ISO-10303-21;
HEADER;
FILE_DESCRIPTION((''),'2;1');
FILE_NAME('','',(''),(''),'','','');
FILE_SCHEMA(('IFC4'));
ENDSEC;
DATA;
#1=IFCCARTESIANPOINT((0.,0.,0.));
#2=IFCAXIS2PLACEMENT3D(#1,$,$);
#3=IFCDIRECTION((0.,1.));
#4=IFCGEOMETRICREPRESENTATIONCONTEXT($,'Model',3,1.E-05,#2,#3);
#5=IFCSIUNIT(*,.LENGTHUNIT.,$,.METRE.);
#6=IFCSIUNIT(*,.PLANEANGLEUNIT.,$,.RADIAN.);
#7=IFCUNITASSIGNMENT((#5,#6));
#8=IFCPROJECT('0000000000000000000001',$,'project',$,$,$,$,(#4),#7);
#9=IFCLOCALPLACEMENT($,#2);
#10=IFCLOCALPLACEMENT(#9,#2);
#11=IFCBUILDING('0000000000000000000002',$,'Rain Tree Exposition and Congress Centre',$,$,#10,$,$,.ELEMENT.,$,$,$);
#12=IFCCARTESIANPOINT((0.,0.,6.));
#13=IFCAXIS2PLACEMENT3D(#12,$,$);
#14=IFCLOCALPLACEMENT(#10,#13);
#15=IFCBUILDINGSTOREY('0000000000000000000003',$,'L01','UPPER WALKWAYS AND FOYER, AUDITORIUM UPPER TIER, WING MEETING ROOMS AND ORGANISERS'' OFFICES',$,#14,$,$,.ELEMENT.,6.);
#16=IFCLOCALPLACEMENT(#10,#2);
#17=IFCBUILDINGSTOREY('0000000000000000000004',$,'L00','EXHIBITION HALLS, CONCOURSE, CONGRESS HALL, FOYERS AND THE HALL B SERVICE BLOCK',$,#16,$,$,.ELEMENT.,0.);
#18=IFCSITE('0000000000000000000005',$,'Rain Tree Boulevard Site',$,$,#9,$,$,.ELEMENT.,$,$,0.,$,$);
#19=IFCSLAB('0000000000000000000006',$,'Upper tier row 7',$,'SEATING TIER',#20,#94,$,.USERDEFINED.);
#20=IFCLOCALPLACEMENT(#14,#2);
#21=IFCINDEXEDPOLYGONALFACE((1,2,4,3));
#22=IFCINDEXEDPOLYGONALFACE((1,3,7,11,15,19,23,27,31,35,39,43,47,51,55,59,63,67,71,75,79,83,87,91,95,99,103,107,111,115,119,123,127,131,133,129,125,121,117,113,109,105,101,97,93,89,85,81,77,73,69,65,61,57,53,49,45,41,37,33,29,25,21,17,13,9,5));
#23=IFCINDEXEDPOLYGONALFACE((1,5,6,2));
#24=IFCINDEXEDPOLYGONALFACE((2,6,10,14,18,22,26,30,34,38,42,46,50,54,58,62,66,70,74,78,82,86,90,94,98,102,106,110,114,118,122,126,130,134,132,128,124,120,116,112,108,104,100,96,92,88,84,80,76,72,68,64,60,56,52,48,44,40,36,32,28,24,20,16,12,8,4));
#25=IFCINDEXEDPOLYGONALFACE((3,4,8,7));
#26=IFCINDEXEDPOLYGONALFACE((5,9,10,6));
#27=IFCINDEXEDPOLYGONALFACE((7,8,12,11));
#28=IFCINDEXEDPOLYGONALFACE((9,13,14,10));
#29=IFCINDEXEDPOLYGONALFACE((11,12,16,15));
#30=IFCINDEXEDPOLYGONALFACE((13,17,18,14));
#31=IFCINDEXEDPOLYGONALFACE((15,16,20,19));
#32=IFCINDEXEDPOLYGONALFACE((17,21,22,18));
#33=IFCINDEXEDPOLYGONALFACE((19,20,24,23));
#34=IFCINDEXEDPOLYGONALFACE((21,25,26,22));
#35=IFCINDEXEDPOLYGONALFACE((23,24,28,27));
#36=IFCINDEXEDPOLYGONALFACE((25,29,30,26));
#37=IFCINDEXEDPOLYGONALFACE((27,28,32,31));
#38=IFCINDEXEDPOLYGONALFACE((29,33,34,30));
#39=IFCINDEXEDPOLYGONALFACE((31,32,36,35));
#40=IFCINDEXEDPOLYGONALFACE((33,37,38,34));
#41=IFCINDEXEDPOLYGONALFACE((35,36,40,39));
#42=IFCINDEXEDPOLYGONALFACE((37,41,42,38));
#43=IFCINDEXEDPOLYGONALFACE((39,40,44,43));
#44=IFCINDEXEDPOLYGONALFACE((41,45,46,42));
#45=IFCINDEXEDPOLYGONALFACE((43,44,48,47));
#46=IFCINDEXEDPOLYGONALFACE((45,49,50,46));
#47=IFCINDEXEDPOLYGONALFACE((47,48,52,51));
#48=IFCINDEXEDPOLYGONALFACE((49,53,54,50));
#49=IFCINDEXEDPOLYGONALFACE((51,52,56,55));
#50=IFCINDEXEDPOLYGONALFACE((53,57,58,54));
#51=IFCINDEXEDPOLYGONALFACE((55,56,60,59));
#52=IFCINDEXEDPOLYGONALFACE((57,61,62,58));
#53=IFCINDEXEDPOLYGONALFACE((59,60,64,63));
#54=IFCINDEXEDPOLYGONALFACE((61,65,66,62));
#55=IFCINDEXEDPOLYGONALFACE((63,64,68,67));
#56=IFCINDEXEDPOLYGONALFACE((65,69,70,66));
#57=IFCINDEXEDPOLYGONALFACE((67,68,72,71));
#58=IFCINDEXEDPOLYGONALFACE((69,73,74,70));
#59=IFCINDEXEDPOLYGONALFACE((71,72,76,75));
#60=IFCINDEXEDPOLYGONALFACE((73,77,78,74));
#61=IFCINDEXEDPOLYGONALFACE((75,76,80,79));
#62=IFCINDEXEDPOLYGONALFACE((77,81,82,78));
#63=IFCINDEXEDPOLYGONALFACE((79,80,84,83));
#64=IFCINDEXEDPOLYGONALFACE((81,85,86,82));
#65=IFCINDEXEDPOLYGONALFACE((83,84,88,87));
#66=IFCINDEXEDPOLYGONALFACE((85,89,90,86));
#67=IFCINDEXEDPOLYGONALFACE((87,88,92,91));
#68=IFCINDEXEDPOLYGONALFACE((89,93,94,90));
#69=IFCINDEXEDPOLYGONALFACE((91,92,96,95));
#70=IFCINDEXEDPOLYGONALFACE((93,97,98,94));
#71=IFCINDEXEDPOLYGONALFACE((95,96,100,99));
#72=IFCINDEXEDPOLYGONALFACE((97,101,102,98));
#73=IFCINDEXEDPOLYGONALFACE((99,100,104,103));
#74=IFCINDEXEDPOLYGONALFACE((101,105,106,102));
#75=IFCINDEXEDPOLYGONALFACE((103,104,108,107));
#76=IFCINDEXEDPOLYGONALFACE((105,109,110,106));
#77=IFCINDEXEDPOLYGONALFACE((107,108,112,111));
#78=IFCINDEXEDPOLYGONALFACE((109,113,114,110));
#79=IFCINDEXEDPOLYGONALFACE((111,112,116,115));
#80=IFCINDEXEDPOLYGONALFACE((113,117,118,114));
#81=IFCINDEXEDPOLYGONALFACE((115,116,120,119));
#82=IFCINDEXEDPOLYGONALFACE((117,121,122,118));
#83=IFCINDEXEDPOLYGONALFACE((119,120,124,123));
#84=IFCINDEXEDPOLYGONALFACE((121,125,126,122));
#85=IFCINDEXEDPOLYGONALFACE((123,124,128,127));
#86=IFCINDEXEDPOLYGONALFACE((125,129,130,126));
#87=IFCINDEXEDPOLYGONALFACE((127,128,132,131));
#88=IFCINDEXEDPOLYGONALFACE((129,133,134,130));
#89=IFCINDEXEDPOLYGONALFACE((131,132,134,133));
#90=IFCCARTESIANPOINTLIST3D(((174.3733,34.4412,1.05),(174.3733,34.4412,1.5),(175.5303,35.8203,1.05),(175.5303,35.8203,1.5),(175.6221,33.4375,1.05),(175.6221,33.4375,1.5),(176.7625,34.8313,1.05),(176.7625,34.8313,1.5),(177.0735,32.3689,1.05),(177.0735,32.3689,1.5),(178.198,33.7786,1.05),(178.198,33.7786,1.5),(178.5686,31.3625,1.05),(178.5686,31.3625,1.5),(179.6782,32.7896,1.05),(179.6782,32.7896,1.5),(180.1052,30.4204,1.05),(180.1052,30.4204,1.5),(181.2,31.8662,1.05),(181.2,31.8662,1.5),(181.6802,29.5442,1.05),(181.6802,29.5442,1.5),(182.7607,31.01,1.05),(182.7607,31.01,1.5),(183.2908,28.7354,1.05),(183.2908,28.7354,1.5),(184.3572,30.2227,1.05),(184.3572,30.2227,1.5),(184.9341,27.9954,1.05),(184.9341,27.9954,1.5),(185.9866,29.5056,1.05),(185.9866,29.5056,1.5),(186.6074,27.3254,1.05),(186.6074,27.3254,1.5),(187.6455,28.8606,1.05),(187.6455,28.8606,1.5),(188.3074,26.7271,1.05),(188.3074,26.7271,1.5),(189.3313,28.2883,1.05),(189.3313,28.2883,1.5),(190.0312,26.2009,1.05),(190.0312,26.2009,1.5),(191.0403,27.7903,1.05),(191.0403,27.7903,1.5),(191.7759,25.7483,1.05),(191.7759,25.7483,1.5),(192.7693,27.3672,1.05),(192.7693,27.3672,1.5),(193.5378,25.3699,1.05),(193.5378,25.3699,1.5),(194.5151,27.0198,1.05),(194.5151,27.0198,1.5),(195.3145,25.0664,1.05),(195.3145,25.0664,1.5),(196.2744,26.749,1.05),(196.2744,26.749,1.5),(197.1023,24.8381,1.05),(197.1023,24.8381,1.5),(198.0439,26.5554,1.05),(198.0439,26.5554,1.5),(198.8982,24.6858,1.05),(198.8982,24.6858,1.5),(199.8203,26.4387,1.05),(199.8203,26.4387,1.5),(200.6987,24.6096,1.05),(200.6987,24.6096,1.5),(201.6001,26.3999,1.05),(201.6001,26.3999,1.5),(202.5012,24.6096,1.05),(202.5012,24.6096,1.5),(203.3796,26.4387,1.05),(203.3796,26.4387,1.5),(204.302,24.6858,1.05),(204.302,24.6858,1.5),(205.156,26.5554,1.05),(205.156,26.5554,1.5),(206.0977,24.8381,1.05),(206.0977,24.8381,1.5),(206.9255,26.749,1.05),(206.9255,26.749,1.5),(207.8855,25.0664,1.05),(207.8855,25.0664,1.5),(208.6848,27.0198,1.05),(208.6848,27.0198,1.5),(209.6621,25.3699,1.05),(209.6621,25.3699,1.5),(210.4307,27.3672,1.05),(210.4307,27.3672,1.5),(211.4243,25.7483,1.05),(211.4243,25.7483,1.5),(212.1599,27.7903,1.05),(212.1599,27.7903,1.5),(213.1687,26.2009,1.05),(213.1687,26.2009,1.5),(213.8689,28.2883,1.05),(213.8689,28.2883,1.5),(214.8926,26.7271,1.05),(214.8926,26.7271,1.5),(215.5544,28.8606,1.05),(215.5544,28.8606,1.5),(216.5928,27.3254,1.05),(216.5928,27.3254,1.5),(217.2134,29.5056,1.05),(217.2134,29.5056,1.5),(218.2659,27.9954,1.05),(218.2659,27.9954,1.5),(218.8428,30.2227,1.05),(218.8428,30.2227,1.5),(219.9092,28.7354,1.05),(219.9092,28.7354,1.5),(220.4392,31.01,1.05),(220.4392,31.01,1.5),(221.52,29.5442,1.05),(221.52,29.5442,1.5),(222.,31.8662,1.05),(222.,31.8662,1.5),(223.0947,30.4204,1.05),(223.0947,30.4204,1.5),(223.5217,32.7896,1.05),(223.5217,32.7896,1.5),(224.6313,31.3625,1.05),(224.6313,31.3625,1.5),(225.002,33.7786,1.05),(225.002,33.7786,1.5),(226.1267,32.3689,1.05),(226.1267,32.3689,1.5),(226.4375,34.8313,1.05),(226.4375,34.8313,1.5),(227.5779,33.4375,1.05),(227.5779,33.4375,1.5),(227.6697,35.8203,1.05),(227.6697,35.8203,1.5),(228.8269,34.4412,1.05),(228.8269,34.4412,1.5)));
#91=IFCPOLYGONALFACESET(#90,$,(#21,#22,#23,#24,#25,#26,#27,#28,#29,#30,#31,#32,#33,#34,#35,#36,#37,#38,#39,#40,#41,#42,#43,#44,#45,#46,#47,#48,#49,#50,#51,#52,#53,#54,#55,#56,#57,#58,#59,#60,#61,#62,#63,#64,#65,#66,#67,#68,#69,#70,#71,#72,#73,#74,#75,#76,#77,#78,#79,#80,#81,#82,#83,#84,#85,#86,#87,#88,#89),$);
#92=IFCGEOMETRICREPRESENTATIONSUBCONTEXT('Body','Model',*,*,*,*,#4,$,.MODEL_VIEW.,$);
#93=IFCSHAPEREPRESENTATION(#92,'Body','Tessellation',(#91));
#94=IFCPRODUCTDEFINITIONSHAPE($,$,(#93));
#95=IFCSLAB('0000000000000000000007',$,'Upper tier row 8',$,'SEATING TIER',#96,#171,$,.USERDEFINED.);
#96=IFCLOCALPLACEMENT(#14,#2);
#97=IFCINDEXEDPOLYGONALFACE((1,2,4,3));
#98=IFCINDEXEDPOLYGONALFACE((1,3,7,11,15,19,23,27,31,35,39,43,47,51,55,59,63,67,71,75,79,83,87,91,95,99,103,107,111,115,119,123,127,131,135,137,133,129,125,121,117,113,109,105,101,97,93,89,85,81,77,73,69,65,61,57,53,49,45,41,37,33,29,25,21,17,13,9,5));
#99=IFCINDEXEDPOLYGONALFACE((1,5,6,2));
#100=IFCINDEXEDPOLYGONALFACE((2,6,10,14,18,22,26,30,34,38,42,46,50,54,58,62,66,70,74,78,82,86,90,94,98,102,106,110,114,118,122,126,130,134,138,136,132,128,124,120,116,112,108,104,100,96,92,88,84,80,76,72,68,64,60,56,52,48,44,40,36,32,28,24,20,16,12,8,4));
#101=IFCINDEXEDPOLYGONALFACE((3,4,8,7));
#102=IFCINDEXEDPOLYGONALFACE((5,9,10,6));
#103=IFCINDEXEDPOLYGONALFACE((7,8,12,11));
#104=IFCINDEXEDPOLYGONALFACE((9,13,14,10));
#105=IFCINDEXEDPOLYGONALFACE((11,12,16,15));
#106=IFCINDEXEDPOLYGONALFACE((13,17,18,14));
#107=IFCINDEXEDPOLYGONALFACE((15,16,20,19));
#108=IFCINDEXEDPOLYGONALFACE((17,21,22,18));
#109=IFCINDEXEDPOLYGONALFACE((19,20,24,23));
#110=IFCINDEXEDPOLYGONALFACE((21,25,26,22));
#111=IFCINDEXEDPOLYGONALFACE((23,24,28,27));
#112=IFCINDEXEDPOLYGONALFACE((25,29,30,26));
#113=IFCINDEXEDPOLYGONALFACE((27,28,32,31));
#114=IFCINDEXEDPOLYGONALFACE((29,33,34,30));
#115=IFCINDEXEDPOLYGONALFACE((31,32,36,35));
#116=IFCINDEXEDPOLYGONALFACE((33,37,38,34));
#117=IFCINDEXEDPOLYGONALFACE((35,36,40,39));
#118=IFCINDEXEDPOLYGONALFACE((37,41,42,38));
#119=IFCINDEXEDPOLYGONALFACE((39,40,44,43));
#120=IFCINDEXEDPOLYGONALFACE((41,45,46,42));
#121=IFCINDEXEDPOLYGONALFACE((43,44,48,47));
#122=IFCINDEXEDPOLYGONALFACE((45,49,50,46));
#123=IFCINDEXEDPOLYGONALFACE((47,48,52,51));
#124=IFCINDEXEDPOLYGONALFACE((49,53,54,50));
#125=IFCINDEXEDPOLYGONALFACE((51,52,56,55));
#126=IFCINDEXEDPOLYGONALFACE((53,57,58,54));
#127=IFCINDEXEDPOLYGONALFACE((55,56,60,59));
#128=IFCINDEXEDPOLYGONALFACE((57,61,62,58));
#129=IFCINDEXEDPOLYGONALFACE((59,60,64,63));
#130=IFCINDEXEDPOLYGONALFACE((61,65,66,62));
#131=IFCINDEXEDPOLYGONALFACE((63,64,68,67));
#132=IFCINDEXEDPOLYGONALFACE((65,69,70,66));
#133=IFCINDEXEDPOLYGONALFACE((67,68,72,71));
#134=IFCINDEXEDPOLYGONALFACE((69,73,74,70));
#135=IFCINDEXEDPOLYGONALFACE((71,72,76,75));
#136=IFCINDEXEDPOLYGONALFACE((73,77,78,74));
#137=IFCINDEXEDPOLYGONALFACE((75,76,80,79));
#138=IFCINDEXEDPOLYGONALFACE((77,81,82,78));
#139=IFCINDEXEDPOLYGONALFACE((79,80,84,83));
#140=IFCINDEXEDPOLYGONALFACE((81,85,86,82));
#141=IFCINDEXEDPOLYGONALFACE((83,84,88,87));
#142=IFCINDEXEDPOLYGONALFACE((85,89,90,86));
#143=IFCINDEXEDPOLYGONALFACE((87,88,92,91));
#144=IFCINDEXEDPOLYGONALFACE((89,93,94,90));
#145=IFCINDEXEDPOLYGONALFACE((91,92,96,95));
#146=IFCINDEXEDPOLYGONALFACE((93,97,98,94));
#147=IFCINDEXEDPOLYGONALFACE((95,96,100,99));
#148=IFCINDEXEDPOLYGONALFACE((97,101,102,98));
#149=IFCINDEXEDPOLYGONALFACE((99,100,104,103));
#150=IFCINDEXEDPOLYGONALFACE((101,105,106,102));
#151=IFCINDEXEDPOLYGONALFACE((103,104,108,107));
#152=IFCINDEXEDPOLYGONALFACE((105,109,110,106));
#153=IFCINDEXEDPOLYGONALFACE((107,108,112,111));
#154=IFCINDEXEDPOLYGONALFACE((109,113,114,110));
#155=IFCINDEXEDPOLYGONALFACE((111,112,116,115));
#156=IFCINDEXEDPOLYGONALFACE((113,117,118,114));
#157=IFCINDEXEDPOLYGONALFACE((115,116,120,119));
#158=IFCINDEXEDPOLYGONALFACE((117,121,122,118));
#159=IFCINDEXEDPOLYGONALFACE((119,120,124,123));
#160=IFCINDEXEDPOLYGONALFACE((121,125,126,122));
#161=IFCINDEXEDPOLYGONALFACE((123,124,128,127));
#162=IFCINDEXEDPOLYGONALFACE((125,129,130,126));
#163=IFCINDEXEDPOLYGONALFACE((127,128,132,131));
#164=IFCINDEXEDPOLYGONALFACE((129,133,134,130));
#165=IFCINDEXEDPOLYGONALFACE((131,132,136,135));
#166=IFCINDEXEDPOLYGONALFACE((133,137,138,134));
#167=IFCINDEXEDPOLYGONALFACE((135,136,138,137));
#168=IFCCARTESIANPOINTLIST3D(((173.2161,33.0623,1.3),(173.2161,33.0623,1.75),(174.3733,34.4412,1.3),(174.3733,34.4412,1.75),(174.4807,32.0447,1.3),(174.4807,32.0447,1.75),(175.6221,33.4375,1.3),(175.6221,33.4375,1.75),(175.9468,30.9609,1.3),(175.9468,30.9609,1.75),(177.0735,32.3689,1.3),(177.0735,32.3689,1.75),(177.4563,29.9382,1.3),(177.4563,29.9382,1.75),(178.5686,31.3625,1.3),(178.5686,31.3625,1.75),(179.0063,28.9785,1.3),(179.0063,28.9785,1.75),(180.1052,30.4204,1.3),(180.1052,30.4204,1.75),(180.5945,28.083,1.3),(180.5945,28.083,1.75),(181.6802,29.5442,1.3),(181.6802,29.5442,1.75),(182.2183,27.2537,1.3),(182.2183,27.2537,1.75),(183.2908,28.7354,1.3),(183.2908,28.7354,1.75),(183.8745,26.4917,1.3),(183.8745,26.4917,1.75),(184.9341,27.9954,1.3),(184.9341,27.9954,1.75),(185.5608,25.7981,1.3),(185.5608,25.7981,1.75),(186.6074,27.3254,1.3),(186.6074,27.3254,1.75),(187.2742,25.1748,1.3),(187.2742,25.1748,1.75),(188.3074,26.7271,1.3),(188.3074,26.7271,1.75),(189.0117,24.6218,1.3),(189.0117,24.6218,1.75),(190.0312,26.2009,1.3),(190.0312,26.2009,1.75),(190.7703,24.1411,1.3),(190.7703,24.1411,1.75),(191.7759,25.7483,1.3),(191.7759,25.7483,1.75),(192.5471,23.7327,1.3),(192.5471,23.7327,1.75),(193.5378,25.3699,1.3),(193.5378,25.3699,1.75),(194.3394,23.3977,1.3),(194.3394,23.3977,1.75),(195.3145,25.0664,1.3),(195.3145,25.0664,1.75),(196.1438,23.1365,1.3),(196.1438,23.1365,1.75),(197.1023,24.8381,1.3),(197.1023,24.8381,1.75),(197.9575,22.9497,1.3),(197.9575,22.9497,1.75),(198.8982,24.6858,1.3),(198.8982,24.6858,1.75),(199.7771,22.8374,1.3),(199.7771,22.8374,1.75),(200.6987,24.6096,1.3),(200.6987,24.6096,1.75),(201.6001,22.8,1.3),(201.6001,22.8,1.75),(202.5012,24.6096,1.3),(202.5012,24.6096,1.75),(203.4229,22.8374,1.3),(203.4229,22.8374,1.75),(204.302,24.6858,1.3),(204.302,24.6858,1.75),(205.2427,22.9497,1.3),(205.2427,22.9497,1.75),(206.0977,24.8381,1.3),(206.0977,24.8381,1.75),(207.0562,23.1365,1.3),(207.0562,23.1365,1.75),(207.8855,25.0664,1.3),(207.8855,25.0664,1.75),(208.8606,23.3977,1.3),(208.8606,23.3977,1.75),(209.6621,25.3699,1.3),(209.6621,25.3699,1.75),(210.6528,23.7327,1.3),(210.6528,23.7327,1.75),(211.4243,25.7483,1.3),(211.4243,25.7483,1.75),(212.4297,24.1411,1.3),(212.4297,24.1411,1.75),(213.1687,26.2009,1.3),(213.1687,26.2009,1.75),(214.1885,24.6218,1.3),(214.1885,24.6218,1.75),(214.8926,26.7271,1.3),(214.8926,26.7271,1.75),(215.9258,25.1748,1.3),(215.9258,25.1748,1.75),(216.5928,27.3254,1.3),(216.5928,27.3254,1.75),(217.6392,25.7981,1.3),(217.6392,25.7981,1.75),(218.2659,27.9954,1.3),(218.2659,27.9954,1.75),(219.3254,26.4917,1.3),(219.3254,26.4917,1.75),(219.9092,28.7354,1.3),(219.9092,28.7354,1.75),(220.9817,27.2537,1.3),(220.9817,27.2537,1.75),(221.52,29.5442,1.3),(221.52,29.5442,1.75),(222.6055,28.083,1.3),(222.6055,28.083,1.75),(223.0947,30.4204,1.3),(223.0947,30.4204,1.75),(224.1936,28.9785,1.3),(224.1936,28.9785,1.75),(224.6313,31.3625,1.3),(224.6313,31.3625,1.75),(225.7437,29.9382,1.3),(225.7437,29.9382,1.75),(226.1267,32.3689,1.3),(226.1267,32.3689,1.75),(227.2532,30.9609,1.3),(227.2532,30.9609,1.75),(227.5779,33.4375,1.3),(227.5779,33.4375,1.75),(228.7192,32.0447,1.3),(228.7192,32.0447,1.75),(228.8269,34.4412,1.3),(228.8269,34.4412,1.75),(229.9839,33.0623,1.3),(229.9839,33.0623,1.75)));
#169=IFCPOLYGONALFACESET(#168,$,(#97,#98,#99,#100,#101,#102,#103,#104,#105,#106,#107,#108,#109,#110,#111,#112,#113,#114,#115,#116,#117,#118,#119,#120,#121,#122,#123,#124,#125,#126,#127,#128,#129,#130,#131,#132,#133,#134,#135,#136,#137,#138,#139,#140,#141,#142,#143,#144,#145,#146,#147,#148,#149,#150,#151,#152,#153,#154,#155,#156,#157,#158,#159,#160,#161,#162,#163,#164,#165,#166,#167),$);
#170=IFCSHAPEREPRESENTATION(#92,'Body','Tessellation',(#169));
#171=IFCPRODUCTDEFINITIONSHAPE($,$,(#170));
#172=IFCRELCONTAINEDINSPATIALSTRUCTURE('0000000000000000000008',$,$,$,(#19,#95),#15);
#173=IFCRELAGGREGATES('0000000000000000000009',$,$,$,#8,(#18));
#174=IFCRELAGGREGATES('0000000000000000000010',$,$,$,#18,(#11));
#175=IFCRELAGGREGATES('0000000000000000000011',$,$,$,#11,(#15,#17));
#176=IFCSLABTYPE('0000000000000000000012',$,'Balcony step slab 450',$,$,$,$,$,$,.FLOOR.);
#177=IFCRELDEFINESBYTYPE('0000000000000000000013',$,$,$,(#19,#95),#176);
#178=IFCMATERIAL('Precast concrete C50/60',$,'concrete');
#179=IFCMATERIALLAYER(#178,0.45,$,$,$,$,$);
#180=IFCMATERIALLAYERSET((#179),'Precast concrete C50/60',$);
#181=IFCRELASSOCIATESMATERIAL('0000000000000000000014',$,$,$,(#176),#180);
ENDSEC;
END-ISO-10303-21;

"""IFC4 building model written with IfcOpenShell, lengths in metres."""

from ifc_helpers import new_model, si_unit, direction, frame, origin, place, context, subcontext, project, spatial, polyline, outline, extrude, material, layer, layer_set, type_object, element, save


model = new_model("IFC4")

# Units and contexts
model_context = context("Model", 3, precision=1e-05, world=origin(), true_north=direction((0.0, 1.0)))
body_context = subcontext(model_context, "Body", "Model", "MODEL_VIEW")
ifc_project = project(units=[si_unit("LENGTHUNIT", "METRE"), si_unit("PLANEANGLEUNIT", "RADIAN")], contexts=[model_context])

# Site, building, storey
site_placement = place(None, origin())
site = spatial("IfcSite", under=ifc_project, at=site_placement, Name="Rain Tree Boulevard Site", CompositionType="ELEMENT", RefElevation=0.0)
building_placement = place(site_placement, origin())
building = spatial("IfcBuilding", under=site, at=building_placement, Name="Rain Tree Exposition and Congress Centre", CompositionType="ELEMENT")
storey_1_placement = place(building_placement, frame((0.0, 0.0, 6.0)))
storey_1 = spatial("IfcBuildingStorey", under=building, at=storey_1_placement, Name="L01", Description="UPPER WALKWAYS AND FOYER, AUDITORIUM UPPER TIER, WING MEETING ROOMS AND ORGANISERS' OFFICES", CompositionType="ELEMENT", Elevation=6.0)

# Slabs
ifc_material_1 = material(Name="Precast concrete C50/60", Category="concrete")
ifc_layer_1 = layer(ifc_material_1, 0.45)
ifc_layer_set_1 = layer_set([ifc_layer_1], Name="Precast concrete C50/60")
slab_type_1 = type_object("IfcSlabType", Name="Balcony step slab 450", PredefinedType="FLOOR", material=ifc_layer_set_1)
slab_1_placement = place(storey_1_placement, frame((0.0, 0.0, 1.05)))
element("IfcSlab", 1, at=slab_1_placement, inside=storey_1, type_object=slab_type_1, Name="Upper tier row 7", ObjectType="SEATING TIER", PredefinedType="USERDEFINED", context=body_context, shape_type="SweptSolid", body=[
    extrude(outline(polyline([(227.5779, 33.4375), (228.8269, 34.4412), (227.6697, 35.8203), (226.4375, 34.8313), (225.002, 33.7786), (223.5217, 32.7896), (222.0, 31.8662), (220.4392, 31.01), (218.8428, 30.2227), (217.2134, 29.5056), (215.5544, 28.8606), (213.8689, 28.2883), (212.1599, 27.7903), (210.4307, 27.3672), (208.6848, 27.0198), (206.9255, 26.749), (205.156, 26.5554), (203.3796, 26.4387), (201.6001, 26.3999), (199.8203, 26.4387), (198.0439, 26.5554), (196.2744, 26.749), (194.5151, 27.0198), (192.7693, 27.3672), (191.0403, 27.7903), (189.3313, 28.2883), (187.6455, 28.8606), (185.9866, 29.5056), (184.3572, 30.2227), (182.7607, 31.01), (181.2, 31.8662), (179.6782, 32.7896), (178.198, 33.7786), (176.7625, 34.8313), (175.5303, 35.8203), (174.3733, 34.4412), (175.6221, 33.4375), (177.0735, 32.3689), (178.5686, 31.3625), (180.1052, 30.4204), (181.6802, 29.5442), (183.2908, 28.7354), (184.9341, 27.9954), (186.6074, 27.3254), (188.3074, 26.7271), (190.0312, 26.2009), (191.7759, 25.7483), (193.5378, 25.3699), (195.3145, 25.0664), (197.1023, 24.8381), (198.8982, 24.6858), (200.6987, 24.6096), (202.5012, 24.6096), (204.302, 24.6858), (206.0977, 24.8381), (207.8855, 25.0664), (209.6621, 25.3699), (211.4243, 25.7483), (213.1687, 26.2009), (214.8926, 26.7271), (216.5928, 27.3254), (218.2659, 27.9954), (219.9092, 28.7354), (221.52, 29.5442), (223.0947, 30.4204), (224.6313, 31.3625), (226.1267, 32.3689), (227.5779, 33.4375)])), origin(), (0.0, 0.0, 1.0), 0.45),
])
slab_2_placement = place(storey_1_placement, frame((0.0, 0.0, 1.3)))
element("IfcSlab", 2, at=slab_2_placement, inside=storey_1, type_object=slab_type_1, Name="Upper tier row 8", ObjectType="SEATING TIER", PredefinedType="USERDEFINED", context=body_context, shape_type="SweptSolid", body=[
    extrude(outline(polyline([(228.7192, 32.0447), (229.9839, 33.0623), (228.8269, 34.4412), (227.5779, 33.4375), (226.1267, 32.3689), (224.6313, 31.3625), (223.0947, 30.4204), (221.52, 29.5442), (219.9092, 28.7354), (218.2659, 27.9954), (216.5928, 27.3254), (214.8926, 26.7271), (213.1687, 26.2009), (211.4243, 25.7483), (209.6621, 25.3699), (207.8855, 25.0664), (206.0977, 24.8381), (204.302, 24.6858), (202.5012, 24.6096), (200.6987, 24.6096), (198.8982, 24.6858), (197.1023, 24.8381), (195.3145, 25.0664), (193.5378, 25.3699), (191.7759, 25.7483), (190.0312, 26.2009), (188.3074, 26.7271), (186.6074, 27.3254), (184.9341, 27.9954), (183.2908, 28.7354), (181.6802, 29.5442), (180.1052, 30.4204), (178.5686, 31.3625), (177.0735, 32.3689), (175.6221, 33.4375), (174.3733, 34.4412), (173.2161, 33.0623), (174.4807, 32.0447), (175.9468, 30.9609), (177.4563, 29.9382), (179.0063, 28.9785), (180.5945, 28.083), (182.2183, 27.2537), (183.8745, 26.4917), (185.5608, 25.7981), (187.2742, 25.1748), (189.0117, 24.6218), (190.7703, 24.1411), (192.5471, 23.7327), (194.3394, 23.3977), (196.1438, 23.1365), (197.9575, 22.9497), (199.7771, 22.8374), (201.6001, 22.8), (203.4229, 22.8374), (205.2427, 22.9497), (207.0562, 23.1365), (208.8606, 23.3977), (210.6528, 23.7327), (212.4297, 24.1411), (214.1885, 24.6218), (215.9258, 25.1748), (217.6392, 25.7981), (219.3254, 26.4917), (220.9817, 27.2537), (222.6055, 28.083), (224.1936, 28.9785), (225.7437, 29.9382), (227.2532, 30.9609), (228.7192, 32.0447)])), origin(), (0.0, 0.0, 1.0), 0.45),
])

# Shared definitions
storey_2_placement = place(building_placement, origin())
storey_2 = spatial("IfcBuildingStorey", under=building, at=storey_2_placement, Name="L00", Description="EXHIBITION HALLS, CONCOURSE, CONGRESS HALL, FOYERS AND THE HALL B SERVICE BLOCK", CompositionType="ELEMENT", Elevation=0.0)

save(model, "model.ifc")
